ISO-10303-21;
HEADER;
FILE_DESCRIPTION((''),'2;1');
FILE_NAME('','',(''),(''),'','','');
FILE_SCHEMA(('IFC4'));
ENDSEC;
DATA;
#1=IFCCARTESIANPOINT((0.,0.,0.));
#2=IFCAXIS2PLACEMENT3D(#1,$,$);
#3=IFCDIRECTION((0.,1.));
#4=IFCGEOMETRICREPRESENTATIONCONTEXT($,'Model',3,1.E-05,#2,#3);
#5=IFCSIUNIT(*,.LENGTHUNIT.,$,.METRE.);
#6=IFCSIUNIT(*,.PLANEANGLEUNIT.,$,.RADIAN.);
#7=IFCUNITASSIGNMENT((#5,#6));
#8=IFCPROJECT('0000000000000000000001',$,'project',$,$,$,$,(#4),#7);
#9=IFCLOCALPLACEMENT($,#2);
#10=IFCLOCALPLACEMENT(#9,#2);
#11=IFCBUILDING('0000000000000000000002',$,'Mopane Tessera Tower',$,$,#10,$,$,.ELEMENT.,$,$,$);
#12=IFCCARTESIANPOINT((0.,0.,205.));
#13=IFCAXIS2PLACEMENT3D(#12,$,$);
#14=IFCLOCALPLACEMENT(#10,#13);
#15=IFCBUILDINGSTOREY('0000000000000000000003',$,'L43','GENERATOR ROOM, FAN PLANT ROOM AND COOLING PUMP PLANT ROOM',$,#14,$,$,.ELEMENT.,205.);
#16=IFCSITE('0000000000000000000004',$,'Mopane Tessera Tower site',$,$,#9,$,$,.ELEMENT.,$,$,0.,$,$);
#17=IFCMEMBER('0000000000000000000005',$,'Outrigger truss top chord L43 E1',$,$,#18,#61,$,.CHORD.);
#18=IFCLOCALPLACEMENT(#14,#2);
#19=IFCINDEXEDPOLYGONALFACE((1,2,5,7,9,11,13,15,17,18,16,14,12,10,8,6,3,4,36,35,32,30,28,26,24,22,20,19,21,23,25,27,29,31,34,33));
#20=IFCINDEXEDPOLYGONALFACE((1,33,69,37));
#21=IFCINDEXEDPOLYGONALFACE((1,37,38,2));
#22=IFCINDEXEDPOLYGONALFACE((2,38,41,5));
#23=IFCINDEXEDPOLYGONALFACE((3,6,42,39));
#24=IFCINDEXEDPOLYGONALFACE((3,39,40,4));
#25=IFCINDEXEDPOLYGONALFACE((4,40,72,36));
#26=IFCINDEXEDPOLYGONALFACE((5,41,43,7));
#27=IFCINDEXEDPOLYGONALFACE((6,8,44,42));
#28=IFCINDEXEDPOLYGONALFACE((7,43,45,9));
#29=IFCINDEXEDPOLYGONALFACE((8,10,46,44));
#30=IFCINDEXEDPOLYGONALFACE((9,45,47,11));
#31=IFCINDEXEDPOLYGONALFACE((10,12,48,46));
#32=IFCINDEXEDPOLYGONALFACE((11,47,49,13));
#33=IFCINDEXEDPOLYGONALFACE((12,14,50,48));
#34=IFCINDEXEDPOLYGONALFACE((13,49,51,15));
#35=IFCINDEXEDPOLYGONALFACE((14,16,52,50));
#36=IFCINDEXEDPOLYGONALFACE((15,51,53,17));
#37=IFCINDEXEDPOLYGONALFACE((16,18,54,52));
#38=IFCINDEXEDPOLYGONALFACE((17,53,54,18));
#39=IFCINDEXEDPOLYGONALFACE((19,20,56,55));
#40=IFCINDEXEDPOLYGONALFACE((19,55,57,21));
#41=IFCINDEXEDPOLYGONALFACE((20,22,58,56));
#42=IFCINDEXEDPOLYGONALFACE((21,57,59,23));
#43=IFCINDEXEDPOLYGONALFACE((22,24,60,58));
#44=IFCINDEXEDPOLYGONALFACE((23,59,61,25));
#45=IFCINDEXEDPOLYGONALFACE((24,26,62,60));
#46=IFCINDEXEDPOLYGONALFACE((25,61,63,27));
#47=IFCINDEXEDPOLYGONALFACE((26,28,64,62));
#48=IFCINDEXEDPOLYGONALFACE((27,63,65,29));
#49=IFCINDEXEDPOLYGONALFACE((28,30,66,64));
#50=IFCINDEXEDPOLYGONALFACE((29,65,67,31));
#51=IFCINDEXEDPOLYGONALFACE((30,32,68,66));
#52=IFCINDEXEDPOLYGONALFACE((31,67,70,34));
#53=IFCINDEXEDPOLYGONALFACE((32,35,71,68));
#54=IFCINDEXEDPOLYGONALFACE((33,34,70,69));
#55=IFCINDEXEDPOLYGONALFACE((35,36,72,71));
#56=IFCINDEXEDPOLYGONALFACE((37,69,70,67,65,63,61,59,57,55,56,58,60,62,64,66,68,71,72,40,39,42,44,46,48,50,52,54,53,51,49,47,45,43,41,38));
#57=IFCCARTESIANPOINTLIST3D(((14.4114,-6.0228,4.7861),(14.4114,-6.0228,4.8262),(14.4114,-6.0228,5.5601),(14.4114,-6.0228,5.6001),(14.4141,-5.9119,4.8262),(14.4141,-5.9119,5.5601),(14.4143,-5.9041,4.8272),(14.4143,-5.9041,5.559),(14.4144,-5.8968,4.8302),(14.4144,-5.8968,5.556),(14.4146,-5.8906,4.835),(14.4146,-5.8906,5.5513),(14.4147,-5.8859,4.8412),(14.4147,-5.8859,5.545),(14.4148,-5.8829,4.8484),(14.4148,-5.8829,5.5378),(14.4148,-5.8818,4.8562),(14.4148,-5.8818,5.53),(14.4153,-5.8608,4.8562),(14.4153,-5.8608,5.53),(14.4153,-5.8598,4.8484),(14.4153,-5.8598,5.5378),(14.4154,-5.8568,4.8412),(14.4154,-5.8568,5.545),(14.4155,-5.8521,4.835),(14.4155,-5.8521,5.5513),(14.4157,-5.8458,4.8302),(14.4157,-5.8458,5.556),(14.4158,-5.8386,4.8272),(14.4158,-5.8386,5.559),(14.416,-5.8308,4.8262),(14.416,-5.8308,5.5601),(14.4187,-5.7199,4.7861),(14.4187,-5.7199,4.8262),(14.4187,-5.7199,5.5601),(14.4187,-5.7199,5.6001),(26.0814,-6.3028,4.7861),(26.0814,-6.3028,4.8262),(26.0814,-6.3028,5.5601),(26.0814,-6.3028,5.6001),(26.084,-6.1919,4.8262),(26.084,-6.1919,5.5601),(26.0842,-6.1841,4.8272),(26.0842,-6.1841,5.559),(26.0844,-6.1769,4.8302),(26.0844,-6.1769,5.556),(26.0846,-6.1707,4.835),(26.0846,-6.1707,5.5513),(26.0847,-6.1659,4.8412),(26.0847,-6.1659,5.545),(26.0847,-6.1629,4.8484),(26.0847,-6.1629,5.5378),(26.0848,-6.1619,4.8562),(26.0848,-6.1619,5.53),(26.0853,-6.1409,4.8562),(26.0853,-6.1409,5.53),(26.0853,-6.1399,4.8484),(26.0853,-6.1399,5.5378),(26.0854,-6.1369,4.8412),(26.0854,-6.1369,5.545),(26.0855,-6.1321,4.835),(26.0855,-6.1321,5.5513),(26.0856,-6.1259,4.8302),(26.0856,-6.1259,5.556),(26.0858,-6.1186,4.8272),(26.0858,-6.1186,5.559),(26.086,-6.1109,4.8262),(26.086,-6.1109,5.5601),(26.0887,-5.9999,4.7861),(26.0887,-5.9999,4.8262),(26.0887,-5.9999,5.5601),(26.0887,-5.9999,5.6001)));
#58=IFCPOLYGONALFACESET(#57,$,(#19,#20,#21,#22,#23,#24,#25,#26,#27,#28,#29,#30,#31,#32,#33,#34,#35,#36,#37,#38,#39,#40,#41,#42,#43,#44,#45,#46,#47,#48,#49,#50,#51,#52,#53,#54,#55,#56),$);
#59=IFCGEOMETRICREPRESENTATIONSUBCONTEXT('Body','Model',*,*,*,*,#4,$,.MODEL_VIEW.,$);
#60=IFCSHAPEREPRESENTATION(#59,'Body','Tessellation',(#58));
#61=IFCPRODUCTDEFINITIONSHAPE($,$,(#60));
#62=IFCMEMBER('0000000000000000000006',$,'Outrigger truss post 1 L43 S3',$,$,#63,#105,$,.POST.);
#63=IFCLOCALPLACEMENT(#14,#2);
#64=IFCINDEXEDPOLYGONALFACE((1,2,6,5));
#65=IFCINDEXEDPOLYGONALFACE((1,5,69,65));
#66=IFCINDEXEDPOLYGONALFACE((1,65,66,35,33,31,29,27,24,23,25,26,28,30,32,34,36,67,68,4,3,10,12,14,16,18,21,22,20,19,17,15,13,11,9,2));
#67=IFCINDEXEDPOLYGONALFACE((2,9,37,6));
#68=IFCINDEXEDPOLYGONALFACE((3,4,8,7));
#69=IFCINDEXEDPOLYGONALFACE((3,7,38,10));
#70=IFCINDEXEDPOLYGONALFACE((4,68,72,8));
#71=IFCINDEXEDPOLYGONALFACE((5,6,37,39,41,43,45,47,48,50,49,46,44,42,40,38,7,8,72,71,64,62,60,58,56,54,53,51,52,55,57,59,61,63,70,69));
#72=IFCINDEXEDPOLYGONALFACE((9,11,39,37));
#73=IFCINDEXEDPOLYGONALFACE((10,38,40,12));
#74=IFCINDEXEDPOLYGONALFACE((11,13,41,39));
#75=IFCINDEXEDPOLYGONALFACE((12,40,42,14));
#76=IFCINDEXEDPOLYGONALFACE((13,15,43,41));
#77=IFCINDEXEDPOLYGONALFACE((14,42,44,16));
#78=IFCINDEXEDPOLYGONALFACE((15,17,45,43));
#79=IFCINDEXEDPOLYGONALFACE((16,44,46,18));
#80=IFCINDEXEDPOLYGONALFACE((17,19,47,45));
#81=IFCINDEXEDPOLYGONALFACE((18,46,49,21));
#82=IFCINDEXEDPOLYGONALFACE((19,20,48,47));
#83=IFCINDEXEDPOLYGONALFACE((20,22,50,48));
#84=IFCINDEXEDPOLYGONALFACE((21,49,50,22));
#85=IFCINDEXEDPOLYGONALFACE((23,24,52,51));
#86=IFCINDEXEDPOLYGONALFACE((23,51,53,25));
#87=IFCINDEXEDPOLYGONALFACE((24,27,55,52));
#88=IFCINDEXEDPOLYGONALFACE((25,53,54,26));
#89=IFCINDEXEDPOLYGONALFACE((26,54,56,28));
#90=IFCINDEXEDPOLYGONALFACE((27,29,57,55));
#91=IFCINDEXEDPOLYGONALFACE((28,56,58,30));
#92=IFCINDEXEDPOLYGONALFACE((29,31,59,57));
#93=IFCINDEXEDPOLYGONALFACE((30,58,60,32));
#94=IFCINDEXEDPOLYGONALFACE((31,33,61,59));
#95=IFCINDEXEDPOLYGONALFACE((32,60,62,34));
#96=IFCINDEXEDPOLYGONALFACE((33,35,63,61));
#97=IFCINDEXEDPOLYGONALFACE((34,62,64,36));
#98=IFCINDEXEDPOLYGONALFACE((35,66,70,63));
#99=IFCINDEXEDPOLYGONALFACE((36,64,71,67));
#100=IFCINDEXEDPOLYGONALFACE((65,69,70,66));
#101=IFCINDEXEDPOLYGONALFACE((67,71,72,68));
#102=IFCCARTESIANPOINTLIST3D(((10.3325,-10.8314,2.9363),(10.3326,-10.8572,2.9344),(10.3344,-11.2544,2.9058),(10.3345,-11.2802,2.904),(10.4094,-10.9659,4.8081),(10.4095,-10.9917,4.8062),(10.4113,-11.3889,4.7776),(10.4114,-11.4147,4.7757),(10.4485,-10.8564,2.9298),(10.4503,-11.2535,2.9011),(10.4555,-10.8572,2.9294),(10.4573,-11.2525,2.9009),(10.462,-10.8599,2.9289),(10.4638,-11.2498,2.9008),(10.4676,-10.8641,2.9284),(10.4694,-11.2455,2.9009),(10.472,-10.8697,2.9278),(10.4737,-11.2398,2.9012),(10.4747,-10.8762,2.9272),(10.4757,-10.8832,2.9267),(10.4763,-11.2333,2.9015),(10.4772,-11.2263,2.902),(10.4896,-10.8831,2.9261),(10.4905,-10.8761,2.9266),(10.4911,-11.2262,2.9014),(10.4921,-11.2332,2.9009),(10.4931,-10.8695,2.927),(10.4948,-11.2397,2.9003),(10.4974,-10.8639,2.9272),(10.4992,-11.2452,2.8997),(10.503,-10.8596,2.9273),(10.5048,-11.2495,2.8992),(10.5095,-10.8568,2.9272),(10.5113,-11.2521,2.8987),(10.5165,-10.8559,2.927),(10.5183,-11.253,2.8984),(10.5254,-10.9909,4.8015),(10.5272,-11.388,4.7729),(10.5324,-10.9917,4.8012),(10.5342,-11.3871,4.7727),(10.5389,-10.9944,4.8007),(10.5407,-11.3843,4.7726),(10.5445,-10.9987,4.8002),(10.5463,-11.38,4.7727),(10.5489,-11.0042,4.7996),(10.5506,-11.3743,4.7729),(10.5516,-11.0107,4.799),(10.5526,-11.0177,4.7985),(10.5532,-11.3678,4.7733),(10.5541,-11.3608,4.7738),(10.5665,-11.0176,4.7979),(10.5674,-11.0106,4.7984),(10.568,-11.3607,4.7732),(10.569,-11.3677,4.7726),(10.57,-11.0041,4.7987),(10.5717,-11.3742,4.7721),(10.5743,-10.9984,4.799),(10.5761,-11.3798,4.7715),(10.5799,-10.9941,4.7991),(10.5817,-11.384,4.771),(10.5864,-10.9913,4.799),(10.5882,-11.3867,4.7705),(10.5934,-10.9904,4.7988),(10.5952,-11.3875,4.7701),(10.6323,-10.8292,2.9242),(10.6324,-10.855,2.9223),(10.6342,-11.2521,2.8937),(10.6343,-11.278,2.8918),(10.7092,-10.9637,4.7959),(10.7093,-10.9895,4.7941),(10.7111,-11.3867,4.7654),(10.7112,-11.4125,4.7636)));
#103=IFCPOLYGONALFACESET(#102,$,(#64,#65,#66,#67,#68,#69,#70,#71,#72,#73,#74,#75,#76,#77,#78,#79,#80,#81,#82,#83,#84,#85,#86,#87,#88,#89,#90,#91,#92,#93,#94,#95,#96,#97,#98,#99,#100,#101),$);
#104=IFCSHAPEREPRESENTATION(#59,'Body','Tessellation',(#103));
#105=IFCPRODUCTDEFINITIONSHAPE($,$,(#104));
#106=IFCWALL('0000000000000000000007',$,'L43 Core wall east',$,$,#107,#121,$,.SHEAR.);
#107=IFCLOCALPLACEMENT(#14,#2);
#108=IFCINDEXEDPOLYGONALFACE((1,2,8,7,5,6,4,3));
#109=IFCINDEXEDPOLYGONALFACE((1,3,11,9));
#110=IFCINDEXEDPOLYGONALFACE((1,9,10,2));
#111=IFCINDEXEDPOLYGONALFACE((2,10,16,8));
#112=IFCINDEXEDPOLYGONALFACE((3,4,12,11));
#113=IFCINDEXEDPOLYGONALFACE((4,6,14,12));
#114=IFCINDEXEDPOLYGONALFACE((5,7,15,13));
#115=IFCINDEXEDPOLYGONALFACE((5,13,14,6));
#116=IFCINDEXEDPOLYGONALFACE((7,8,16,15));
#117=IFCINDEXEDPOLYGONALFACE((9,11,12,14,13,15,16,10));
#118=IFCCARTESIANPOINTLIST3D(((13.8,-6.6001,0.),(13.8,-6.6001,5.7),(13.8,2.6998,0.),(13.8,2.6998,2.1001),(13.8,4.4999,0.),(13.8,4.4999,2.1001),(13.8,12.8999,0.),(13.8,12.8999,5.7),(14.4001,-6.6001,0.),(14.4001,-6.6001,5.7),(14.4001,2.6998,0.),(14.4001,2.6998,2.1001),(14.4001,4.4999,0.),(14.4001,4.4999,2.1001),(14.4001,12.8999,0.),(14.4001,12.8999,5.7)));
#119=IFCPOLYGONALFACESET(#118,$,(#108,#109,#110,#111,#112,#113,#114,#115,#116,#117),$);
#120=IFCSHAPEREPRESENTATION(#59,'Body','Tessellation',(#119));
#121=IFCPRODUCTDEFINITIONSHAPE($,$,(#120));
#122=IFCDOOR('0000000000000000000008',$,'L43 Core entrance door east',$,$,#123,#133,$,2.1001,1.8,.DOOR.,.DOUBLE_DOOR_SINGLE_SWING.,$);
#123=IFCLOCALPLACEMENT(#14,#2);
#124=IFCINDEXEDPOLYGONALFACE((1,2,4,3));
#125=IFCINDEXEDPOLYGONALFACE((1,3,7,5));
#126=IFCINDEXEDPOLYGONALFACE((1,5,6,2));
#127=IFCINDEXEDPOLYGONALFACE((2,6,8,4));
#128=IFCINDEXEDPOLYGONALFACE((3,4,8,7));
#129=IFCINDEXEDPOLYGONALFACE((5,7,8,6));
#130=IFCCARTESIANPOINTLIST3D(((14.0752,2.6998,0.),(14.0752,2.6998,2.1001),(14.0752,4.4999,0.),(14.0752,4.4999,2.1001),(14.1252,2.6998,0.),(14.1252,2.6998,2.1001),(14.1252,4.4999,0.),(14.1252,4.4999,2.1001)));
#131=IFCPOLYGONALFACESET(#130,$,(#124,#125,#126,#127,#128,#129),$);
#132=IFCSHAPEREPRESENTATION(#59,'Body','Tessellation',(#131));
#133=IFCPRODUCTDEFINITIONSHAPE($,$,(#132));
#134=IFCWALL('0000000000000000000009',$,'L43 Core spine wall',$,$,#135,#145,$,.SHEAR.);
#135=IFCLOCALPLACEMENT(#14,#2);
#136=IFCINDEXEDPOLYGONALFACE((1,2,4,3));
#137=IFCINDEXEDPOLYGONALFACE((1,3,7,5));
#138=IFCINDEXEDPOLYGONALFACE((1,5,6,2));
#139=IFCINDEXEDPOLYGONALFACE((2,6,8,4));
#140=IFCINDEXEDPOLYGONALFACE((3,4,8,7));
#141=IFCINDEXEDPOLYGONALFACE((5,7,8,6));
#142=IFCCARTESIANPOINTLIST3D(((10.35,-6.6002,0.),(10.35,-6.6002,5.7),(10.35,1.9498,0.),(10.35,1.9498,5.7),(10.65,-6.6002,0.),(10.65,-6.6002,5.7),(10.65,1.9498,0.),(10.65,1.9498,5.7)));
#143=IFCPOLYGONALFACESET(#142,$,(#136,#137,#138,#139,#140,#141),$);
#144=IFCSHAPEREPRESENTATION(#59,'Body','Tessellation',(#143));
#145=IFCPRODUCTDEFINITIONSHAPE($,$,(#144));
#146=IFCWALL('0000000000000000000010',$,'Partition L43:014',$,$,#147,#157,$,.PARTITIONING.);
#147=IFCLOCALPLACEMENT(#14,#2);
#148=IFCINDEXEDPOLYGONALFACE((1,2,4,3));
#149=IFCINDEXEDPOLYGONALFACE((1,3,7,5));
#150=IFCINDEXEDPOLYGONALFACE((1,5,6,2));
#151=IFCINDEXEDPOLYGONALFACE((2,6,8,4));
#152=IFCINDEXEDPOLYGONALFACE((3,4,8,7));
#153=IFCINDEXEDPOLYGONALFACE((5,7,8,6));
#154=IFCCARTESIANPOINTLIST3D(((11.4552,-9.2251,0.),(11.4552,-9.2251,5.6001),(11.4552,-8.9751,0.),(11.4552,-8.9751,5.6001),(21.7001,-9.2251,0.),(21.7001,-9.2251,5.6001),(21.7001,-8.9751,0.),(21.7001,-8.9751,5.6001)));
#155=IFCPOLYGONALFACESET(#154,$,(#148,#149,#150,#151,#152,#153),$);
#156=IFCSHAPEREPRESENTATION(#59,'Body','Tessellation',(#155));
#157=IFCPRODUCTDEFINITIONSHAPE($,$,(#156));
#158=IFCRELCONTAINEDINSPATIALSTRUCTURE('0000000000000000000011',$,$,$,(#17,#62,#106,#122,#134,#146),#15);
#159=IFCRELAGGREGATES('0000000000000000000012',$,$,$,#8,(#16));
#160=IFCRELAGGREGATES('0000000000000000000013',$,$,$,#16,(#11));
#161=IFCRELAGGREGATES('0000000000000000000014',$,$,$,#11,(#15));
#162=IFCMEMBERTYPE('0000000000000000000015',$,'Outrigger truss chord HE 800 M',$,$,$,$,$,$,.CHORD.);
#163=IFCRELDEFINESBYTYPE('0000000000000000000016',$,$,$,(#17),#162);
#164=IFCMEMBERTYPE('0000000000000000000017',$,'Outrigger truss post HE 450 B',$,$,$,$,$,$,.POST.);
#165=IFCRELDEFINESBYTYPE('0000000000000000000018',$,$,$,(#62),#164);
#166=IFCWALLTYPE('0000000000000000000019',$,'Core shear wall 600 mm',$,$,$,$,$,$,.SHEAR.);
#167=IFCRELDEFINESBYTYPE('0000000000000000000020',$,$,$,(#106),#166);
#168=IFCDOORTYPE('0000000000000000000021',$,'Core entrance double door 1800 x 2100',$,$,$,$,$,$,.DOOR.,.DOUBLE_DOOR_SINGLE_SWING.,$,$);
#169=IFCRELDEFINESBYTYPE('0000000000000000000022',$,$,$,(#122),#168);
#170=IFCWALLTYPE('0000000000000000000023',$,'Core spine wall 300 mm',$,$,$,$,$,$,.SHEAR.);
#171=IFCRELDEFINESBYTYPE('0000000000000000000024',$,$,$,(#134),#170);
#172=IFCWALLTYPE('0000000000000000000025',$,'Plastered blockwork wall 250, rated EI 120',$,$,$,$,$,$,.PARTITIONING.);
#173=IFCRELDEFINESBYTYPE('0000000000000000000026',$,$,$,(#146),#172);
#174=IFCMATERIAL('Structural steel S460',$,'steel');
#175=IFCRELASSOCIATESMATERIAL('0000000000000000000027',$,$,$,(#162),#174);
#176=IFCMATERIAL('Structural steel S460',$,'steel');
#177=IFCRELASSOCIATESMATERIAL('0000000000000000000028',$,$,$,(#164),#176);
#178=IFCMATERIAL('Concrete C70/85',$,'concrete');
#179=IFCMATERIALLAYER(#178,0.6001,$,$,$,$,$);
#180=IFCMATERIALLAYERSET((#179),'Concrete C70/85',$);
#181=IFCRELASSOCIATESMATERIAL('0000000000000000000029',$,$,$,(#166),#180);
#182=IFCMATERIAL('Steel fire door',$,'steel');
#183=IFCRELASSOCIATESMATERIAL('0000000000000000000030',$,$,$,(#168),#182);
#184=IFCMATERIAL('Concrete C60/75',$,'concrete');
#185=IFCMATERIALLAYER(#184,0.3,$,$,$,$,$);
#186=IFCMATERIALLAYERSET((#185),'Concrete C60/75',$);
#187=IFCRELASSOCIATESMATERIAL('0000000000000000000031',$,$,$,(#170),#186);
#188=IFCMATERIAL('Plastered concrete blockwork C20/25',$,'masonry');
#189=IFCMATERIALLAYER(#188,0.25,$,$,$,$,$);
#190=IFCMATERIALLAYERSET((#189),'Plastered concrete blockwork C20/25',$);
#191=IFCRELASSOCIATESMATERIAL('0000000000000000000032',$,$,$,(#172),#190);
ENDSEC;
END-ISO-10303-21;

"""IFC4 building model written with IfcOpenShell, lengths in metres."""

from ifc_helpers import new_model, si_unit, direction, frame, frame_2d, origin, origin_2d, place, context, subcontext, project, spatial, rectangle, i_section, extrude, material, layer, layer_set, material_profile, profile_set, type_object, element, fill, save


model = new_model("IFC4")

# Units and contexts
model_context = context("Model", 3, precision=1e-05, world=origin(), true_north=direction((0.0, 1.0)))
body_context = subcontext(model_context, "Body", "Model", "MODEL_VIEW")
ifc_project = project(units=[si_unit("LENGTHUNIT", "METRE"), si_unit("PLANEANGLEUNIT", "RADIAN")], contexts=[model_context])

# Site, building, storey
site_placement = place(None, origin())
site = spatial("IfcSite", under=ifc_project, at=site_placement, Name="Mopane Tessera Tower site", CompositionType="ELEMENT", RefElevation=0.0)
building_placement = place(site_placement, origin())
building = spatial("IfcBuilding", under=site, at=building_placement, Name="Mopane Tessera Tower", CompositionType="ELEMENT")
storey_placement = place(building_placement, frame((0.0, 0.0, 205.0)))
storey = spatial("IfcBuildingStorey", under=building, at=storey_placement, Name="L43", Description="GENERATOR ROOM, FAN PLANT ROOM AND COOLING PUMP PLANT ROOM", CompositionType="ELEMENT", Elevation=205.0)

# Members
ifc_material_1 = material(Name="Structural steel S460", Category="steel")
ifc_material_profile_1 = material_profile(ifc_material_1, i_section(OverallWidth=0.303, OverallDepth=0.814, WebThickness=0.021, FlangeThickness=0.04, FilletRadius=0.03, at=origin_2d()))
ifc_profile_set_1 = profile_set([ifc_material_profile_1], Name="Structural steel S460")
member_type_1 = type_object("IfcMemberType", Name="Outrigger truss chord HE 800 M", PredefinedType="CHORD", material=ifc_profile_set_1)
member_1_placement = place(storey_placement, frame((14.415, -5.8713, 5.1931), z_axis=(0.999712, -0.023989, 0.0), x_axis=(0.023989, 0.999712, 0.0)))
element("IfcMember", 1, at=member_1_placement, inside=storey, type_object=member_type_1, Name="Outrigger truss top chord L43 E1", PredefinedType="CHORD", context=body_context, shape_type="SweptSolid", body=[
    extrude(i_section(OverallWidth=0.303, OverallDepth=0.814, WebThickness=0.021, FlangeThickness=0.04, FilletRadius=0.03, at=origin_2d()), origin(), (0.0, 0.0, 1.0), 11.6733),
])
ifc_material_2 = material(Name="Structural steel S460", Category="steel")
ifc_material_profile_2 = material_profile(ifc_material_2, i_section(OverallWidth=0.3, OverallDepth=0.45, WebThickness=0.0139, FlangeThickness=0.0259, FilletRadius=0.0271, at=origin_2d()))
ifc_profile_set_2 = profile_set([ifc_material_profile_2], Name="Structural steel S460")
member_type_2 = type_object("IfcMemberType", Name="Outrigger truss post HE 450 B", PredefinedType="POST", material=ifc_profile_set_2)
member_2_placement = place(storey_placement, frame((10.4834, -11.0547, 2.9141), z_axis=(0.040945, -0.071621, 0.996591), x_axis=(0.999151, 0.007477, -0.040513)))
element("IfcMember", 2, at=member_2_placement, inside=storey, type_object=member_type_2, Name="Outrigger truss post 1 L43 S3", PredefinedType="POST", context=body_context, shape_type="SweptSolid", body=[
    extrude(i_section(OverallWidth=0.3, OverallDepth=0.45, WebThickness=0.0139, FlangeThickness=0.0259, FilletRadius=0.0271, at=origin_2d()), origin(), (0.0, 0.0, 1.0), 1.8782),
])

# Wall, opening, door
ifc_material_3 = material(Name="Concrete C70/85", Category="concrete")
ifc_layer_1 = layer(ifc_material_3, 0.6001)
ifc_layer_set_1 = layer_set([ifc_layer_1], Name="Concrete C70/85")
wall_type_1 = type_object("IfcWallType", Name="Core shear wall 600 mm", PredefinedType="SHEAR", material=ifc_layer_set_1)
wall_1_placement = place(storey_placement, frame((14.1001, -6.6001, 0.0), z_axis=(0.0, 0.0, 1.0), x_axis=(0.0, 1.0, 0.0)))
wall_1 = element("IfcWall", 3, at=wall_1_placement, inside=storey, type_object=wall_type_1, Name="L43 Core wall east", PredefinedType="SHEAR", context=body_context, shape_type="SweptSolid", body=[
    extrude(rectangle(XDim=19.5, YDim=0.6001, at=frame_2d((9.75, 0.0))), origin(), (0.0, 0.0, 1.0), 5.7),
])
opening_placement = place(wall_1_placement, frame((9.3, 0.0, 0.0)))
opening = element("IfcOpeningElement", 4, at=opening_placement, cuts=wall_1, PredefinedType="OPENING", context=body_context, shape_type="SweptSolid", body=[
    extrude(rectangle(XDim=1.8, YDim=2.1001, at=frame_2d((0.8999, 1.05))), frame((0.0, 0.312, 0.0), z_axis=(0.0, -1.0, 0.0), x_axis=(1.0, 0.0, 0.0)), (0.0, 0.0, 1.0), 0.624),
])
ifc_material_4 = material(Name="Steel fire door", Category="steel")
door_type = type_object("IfcDoorType", Name="Core entrance double door 1800 x 2100", OperationType="DOUBLE_DOOR_SINGLE_SWING", PredefinedType="DOOR", material=ifc_material_4)
door_placement = place(opening_placement, origin())
door = element("IfcDoor", 5, at=door_placement, inside=storey, type_object=door_type, Name="L43 Core entrance door east", OperationType="DOUBLE_DOOR_SINGLE_SWING", OverallHeight=2.1001, OverallWidth=1.8, PredefinedType="DOOR", context=body_context, shape_type="SweptSolid", body=[
    extrude(rectangle(XDim=1.8, YDim=2.1001, at=frame_2d((0.8999, 1.05))), frame((0.0, 0.0249, 0.0), z_axis=(0.0, -1.0, 0.0), x_axis=(1.0, 0.0, 0.0)), (0.0, 0.0, 1.0), 0.05),
])
fill(opening, door)

# Walls
ifc_material_5 = material(Name="Concrete C60/75", Category="concrete")
ifc_layer_2 = layer(ifc_material_5, 0.3)
ifc_layer_set_2 = layer_set([ifc_layer_2], Name="Concrete C60/75")
wall_type_2 = type_object("IfcWallType", Name="Core spine wall 300 mm", PredefinedType="SHEAR", material=ifc_layer_set_2)
wall_2_placement = place(storey_placement, frame((10.5, -6.6001, 0.0), z_axis=(0.0, 0.0, 1.0), x_axis=(0.0, 1.0, 0.0)))
element("IfcWall", 6, at=wall_2_placement, inside=storey, type_object=wall_type_2, Name="L43 Core spine wall", PredefinedType="SHEAR", context=body_context, shape_type="SweptSolid", body=[
    extrude(rectangle(XDim=8.55, YDim=0.3, at=frame_2d((4.2749, 0.0))), origin(), (0.0, 0.0, 1.0), 5.7),
])
ifc_material_6 = material(Name="Plastered concrete blockwork C20/25", Category="masonry")
ifc_layer_3 = layer(ifc_material_6, 0.25)
ifc_layer_set_3 = layer_set([ifc_layer_3], Name="Plastered concrete blockwork C20/25")
wall_type_3 = type_object("IfcWallType", Name="Plastered blockwork wall 250, rated EI 120", PredefinedType="PARTITIONING", material=ifc_layer_set_3)
wall_3_placement = place(storey_placement, frame((11.4551, -9.1001, 0.0), z_axis=(0.0, 0.0, 1.0), x_axis=(1.0, 0.0, 0.0)))
element("IfcWall", 7, at=wall_3_placement, inside=storey, type_object=wall_type_3, Name="Partition L43:014", PredefinedType="PARTITIONING", context=body_context, shape_type="SweptSolid", body=[
    extrude(rectangle(XDim=10.2449, YDim=0.25, at=frame_2d((5.1226, 0.0))), origin(), (0.0, 0.0, 1.0), 5.6001),
])

save(model, "model.ifc")
